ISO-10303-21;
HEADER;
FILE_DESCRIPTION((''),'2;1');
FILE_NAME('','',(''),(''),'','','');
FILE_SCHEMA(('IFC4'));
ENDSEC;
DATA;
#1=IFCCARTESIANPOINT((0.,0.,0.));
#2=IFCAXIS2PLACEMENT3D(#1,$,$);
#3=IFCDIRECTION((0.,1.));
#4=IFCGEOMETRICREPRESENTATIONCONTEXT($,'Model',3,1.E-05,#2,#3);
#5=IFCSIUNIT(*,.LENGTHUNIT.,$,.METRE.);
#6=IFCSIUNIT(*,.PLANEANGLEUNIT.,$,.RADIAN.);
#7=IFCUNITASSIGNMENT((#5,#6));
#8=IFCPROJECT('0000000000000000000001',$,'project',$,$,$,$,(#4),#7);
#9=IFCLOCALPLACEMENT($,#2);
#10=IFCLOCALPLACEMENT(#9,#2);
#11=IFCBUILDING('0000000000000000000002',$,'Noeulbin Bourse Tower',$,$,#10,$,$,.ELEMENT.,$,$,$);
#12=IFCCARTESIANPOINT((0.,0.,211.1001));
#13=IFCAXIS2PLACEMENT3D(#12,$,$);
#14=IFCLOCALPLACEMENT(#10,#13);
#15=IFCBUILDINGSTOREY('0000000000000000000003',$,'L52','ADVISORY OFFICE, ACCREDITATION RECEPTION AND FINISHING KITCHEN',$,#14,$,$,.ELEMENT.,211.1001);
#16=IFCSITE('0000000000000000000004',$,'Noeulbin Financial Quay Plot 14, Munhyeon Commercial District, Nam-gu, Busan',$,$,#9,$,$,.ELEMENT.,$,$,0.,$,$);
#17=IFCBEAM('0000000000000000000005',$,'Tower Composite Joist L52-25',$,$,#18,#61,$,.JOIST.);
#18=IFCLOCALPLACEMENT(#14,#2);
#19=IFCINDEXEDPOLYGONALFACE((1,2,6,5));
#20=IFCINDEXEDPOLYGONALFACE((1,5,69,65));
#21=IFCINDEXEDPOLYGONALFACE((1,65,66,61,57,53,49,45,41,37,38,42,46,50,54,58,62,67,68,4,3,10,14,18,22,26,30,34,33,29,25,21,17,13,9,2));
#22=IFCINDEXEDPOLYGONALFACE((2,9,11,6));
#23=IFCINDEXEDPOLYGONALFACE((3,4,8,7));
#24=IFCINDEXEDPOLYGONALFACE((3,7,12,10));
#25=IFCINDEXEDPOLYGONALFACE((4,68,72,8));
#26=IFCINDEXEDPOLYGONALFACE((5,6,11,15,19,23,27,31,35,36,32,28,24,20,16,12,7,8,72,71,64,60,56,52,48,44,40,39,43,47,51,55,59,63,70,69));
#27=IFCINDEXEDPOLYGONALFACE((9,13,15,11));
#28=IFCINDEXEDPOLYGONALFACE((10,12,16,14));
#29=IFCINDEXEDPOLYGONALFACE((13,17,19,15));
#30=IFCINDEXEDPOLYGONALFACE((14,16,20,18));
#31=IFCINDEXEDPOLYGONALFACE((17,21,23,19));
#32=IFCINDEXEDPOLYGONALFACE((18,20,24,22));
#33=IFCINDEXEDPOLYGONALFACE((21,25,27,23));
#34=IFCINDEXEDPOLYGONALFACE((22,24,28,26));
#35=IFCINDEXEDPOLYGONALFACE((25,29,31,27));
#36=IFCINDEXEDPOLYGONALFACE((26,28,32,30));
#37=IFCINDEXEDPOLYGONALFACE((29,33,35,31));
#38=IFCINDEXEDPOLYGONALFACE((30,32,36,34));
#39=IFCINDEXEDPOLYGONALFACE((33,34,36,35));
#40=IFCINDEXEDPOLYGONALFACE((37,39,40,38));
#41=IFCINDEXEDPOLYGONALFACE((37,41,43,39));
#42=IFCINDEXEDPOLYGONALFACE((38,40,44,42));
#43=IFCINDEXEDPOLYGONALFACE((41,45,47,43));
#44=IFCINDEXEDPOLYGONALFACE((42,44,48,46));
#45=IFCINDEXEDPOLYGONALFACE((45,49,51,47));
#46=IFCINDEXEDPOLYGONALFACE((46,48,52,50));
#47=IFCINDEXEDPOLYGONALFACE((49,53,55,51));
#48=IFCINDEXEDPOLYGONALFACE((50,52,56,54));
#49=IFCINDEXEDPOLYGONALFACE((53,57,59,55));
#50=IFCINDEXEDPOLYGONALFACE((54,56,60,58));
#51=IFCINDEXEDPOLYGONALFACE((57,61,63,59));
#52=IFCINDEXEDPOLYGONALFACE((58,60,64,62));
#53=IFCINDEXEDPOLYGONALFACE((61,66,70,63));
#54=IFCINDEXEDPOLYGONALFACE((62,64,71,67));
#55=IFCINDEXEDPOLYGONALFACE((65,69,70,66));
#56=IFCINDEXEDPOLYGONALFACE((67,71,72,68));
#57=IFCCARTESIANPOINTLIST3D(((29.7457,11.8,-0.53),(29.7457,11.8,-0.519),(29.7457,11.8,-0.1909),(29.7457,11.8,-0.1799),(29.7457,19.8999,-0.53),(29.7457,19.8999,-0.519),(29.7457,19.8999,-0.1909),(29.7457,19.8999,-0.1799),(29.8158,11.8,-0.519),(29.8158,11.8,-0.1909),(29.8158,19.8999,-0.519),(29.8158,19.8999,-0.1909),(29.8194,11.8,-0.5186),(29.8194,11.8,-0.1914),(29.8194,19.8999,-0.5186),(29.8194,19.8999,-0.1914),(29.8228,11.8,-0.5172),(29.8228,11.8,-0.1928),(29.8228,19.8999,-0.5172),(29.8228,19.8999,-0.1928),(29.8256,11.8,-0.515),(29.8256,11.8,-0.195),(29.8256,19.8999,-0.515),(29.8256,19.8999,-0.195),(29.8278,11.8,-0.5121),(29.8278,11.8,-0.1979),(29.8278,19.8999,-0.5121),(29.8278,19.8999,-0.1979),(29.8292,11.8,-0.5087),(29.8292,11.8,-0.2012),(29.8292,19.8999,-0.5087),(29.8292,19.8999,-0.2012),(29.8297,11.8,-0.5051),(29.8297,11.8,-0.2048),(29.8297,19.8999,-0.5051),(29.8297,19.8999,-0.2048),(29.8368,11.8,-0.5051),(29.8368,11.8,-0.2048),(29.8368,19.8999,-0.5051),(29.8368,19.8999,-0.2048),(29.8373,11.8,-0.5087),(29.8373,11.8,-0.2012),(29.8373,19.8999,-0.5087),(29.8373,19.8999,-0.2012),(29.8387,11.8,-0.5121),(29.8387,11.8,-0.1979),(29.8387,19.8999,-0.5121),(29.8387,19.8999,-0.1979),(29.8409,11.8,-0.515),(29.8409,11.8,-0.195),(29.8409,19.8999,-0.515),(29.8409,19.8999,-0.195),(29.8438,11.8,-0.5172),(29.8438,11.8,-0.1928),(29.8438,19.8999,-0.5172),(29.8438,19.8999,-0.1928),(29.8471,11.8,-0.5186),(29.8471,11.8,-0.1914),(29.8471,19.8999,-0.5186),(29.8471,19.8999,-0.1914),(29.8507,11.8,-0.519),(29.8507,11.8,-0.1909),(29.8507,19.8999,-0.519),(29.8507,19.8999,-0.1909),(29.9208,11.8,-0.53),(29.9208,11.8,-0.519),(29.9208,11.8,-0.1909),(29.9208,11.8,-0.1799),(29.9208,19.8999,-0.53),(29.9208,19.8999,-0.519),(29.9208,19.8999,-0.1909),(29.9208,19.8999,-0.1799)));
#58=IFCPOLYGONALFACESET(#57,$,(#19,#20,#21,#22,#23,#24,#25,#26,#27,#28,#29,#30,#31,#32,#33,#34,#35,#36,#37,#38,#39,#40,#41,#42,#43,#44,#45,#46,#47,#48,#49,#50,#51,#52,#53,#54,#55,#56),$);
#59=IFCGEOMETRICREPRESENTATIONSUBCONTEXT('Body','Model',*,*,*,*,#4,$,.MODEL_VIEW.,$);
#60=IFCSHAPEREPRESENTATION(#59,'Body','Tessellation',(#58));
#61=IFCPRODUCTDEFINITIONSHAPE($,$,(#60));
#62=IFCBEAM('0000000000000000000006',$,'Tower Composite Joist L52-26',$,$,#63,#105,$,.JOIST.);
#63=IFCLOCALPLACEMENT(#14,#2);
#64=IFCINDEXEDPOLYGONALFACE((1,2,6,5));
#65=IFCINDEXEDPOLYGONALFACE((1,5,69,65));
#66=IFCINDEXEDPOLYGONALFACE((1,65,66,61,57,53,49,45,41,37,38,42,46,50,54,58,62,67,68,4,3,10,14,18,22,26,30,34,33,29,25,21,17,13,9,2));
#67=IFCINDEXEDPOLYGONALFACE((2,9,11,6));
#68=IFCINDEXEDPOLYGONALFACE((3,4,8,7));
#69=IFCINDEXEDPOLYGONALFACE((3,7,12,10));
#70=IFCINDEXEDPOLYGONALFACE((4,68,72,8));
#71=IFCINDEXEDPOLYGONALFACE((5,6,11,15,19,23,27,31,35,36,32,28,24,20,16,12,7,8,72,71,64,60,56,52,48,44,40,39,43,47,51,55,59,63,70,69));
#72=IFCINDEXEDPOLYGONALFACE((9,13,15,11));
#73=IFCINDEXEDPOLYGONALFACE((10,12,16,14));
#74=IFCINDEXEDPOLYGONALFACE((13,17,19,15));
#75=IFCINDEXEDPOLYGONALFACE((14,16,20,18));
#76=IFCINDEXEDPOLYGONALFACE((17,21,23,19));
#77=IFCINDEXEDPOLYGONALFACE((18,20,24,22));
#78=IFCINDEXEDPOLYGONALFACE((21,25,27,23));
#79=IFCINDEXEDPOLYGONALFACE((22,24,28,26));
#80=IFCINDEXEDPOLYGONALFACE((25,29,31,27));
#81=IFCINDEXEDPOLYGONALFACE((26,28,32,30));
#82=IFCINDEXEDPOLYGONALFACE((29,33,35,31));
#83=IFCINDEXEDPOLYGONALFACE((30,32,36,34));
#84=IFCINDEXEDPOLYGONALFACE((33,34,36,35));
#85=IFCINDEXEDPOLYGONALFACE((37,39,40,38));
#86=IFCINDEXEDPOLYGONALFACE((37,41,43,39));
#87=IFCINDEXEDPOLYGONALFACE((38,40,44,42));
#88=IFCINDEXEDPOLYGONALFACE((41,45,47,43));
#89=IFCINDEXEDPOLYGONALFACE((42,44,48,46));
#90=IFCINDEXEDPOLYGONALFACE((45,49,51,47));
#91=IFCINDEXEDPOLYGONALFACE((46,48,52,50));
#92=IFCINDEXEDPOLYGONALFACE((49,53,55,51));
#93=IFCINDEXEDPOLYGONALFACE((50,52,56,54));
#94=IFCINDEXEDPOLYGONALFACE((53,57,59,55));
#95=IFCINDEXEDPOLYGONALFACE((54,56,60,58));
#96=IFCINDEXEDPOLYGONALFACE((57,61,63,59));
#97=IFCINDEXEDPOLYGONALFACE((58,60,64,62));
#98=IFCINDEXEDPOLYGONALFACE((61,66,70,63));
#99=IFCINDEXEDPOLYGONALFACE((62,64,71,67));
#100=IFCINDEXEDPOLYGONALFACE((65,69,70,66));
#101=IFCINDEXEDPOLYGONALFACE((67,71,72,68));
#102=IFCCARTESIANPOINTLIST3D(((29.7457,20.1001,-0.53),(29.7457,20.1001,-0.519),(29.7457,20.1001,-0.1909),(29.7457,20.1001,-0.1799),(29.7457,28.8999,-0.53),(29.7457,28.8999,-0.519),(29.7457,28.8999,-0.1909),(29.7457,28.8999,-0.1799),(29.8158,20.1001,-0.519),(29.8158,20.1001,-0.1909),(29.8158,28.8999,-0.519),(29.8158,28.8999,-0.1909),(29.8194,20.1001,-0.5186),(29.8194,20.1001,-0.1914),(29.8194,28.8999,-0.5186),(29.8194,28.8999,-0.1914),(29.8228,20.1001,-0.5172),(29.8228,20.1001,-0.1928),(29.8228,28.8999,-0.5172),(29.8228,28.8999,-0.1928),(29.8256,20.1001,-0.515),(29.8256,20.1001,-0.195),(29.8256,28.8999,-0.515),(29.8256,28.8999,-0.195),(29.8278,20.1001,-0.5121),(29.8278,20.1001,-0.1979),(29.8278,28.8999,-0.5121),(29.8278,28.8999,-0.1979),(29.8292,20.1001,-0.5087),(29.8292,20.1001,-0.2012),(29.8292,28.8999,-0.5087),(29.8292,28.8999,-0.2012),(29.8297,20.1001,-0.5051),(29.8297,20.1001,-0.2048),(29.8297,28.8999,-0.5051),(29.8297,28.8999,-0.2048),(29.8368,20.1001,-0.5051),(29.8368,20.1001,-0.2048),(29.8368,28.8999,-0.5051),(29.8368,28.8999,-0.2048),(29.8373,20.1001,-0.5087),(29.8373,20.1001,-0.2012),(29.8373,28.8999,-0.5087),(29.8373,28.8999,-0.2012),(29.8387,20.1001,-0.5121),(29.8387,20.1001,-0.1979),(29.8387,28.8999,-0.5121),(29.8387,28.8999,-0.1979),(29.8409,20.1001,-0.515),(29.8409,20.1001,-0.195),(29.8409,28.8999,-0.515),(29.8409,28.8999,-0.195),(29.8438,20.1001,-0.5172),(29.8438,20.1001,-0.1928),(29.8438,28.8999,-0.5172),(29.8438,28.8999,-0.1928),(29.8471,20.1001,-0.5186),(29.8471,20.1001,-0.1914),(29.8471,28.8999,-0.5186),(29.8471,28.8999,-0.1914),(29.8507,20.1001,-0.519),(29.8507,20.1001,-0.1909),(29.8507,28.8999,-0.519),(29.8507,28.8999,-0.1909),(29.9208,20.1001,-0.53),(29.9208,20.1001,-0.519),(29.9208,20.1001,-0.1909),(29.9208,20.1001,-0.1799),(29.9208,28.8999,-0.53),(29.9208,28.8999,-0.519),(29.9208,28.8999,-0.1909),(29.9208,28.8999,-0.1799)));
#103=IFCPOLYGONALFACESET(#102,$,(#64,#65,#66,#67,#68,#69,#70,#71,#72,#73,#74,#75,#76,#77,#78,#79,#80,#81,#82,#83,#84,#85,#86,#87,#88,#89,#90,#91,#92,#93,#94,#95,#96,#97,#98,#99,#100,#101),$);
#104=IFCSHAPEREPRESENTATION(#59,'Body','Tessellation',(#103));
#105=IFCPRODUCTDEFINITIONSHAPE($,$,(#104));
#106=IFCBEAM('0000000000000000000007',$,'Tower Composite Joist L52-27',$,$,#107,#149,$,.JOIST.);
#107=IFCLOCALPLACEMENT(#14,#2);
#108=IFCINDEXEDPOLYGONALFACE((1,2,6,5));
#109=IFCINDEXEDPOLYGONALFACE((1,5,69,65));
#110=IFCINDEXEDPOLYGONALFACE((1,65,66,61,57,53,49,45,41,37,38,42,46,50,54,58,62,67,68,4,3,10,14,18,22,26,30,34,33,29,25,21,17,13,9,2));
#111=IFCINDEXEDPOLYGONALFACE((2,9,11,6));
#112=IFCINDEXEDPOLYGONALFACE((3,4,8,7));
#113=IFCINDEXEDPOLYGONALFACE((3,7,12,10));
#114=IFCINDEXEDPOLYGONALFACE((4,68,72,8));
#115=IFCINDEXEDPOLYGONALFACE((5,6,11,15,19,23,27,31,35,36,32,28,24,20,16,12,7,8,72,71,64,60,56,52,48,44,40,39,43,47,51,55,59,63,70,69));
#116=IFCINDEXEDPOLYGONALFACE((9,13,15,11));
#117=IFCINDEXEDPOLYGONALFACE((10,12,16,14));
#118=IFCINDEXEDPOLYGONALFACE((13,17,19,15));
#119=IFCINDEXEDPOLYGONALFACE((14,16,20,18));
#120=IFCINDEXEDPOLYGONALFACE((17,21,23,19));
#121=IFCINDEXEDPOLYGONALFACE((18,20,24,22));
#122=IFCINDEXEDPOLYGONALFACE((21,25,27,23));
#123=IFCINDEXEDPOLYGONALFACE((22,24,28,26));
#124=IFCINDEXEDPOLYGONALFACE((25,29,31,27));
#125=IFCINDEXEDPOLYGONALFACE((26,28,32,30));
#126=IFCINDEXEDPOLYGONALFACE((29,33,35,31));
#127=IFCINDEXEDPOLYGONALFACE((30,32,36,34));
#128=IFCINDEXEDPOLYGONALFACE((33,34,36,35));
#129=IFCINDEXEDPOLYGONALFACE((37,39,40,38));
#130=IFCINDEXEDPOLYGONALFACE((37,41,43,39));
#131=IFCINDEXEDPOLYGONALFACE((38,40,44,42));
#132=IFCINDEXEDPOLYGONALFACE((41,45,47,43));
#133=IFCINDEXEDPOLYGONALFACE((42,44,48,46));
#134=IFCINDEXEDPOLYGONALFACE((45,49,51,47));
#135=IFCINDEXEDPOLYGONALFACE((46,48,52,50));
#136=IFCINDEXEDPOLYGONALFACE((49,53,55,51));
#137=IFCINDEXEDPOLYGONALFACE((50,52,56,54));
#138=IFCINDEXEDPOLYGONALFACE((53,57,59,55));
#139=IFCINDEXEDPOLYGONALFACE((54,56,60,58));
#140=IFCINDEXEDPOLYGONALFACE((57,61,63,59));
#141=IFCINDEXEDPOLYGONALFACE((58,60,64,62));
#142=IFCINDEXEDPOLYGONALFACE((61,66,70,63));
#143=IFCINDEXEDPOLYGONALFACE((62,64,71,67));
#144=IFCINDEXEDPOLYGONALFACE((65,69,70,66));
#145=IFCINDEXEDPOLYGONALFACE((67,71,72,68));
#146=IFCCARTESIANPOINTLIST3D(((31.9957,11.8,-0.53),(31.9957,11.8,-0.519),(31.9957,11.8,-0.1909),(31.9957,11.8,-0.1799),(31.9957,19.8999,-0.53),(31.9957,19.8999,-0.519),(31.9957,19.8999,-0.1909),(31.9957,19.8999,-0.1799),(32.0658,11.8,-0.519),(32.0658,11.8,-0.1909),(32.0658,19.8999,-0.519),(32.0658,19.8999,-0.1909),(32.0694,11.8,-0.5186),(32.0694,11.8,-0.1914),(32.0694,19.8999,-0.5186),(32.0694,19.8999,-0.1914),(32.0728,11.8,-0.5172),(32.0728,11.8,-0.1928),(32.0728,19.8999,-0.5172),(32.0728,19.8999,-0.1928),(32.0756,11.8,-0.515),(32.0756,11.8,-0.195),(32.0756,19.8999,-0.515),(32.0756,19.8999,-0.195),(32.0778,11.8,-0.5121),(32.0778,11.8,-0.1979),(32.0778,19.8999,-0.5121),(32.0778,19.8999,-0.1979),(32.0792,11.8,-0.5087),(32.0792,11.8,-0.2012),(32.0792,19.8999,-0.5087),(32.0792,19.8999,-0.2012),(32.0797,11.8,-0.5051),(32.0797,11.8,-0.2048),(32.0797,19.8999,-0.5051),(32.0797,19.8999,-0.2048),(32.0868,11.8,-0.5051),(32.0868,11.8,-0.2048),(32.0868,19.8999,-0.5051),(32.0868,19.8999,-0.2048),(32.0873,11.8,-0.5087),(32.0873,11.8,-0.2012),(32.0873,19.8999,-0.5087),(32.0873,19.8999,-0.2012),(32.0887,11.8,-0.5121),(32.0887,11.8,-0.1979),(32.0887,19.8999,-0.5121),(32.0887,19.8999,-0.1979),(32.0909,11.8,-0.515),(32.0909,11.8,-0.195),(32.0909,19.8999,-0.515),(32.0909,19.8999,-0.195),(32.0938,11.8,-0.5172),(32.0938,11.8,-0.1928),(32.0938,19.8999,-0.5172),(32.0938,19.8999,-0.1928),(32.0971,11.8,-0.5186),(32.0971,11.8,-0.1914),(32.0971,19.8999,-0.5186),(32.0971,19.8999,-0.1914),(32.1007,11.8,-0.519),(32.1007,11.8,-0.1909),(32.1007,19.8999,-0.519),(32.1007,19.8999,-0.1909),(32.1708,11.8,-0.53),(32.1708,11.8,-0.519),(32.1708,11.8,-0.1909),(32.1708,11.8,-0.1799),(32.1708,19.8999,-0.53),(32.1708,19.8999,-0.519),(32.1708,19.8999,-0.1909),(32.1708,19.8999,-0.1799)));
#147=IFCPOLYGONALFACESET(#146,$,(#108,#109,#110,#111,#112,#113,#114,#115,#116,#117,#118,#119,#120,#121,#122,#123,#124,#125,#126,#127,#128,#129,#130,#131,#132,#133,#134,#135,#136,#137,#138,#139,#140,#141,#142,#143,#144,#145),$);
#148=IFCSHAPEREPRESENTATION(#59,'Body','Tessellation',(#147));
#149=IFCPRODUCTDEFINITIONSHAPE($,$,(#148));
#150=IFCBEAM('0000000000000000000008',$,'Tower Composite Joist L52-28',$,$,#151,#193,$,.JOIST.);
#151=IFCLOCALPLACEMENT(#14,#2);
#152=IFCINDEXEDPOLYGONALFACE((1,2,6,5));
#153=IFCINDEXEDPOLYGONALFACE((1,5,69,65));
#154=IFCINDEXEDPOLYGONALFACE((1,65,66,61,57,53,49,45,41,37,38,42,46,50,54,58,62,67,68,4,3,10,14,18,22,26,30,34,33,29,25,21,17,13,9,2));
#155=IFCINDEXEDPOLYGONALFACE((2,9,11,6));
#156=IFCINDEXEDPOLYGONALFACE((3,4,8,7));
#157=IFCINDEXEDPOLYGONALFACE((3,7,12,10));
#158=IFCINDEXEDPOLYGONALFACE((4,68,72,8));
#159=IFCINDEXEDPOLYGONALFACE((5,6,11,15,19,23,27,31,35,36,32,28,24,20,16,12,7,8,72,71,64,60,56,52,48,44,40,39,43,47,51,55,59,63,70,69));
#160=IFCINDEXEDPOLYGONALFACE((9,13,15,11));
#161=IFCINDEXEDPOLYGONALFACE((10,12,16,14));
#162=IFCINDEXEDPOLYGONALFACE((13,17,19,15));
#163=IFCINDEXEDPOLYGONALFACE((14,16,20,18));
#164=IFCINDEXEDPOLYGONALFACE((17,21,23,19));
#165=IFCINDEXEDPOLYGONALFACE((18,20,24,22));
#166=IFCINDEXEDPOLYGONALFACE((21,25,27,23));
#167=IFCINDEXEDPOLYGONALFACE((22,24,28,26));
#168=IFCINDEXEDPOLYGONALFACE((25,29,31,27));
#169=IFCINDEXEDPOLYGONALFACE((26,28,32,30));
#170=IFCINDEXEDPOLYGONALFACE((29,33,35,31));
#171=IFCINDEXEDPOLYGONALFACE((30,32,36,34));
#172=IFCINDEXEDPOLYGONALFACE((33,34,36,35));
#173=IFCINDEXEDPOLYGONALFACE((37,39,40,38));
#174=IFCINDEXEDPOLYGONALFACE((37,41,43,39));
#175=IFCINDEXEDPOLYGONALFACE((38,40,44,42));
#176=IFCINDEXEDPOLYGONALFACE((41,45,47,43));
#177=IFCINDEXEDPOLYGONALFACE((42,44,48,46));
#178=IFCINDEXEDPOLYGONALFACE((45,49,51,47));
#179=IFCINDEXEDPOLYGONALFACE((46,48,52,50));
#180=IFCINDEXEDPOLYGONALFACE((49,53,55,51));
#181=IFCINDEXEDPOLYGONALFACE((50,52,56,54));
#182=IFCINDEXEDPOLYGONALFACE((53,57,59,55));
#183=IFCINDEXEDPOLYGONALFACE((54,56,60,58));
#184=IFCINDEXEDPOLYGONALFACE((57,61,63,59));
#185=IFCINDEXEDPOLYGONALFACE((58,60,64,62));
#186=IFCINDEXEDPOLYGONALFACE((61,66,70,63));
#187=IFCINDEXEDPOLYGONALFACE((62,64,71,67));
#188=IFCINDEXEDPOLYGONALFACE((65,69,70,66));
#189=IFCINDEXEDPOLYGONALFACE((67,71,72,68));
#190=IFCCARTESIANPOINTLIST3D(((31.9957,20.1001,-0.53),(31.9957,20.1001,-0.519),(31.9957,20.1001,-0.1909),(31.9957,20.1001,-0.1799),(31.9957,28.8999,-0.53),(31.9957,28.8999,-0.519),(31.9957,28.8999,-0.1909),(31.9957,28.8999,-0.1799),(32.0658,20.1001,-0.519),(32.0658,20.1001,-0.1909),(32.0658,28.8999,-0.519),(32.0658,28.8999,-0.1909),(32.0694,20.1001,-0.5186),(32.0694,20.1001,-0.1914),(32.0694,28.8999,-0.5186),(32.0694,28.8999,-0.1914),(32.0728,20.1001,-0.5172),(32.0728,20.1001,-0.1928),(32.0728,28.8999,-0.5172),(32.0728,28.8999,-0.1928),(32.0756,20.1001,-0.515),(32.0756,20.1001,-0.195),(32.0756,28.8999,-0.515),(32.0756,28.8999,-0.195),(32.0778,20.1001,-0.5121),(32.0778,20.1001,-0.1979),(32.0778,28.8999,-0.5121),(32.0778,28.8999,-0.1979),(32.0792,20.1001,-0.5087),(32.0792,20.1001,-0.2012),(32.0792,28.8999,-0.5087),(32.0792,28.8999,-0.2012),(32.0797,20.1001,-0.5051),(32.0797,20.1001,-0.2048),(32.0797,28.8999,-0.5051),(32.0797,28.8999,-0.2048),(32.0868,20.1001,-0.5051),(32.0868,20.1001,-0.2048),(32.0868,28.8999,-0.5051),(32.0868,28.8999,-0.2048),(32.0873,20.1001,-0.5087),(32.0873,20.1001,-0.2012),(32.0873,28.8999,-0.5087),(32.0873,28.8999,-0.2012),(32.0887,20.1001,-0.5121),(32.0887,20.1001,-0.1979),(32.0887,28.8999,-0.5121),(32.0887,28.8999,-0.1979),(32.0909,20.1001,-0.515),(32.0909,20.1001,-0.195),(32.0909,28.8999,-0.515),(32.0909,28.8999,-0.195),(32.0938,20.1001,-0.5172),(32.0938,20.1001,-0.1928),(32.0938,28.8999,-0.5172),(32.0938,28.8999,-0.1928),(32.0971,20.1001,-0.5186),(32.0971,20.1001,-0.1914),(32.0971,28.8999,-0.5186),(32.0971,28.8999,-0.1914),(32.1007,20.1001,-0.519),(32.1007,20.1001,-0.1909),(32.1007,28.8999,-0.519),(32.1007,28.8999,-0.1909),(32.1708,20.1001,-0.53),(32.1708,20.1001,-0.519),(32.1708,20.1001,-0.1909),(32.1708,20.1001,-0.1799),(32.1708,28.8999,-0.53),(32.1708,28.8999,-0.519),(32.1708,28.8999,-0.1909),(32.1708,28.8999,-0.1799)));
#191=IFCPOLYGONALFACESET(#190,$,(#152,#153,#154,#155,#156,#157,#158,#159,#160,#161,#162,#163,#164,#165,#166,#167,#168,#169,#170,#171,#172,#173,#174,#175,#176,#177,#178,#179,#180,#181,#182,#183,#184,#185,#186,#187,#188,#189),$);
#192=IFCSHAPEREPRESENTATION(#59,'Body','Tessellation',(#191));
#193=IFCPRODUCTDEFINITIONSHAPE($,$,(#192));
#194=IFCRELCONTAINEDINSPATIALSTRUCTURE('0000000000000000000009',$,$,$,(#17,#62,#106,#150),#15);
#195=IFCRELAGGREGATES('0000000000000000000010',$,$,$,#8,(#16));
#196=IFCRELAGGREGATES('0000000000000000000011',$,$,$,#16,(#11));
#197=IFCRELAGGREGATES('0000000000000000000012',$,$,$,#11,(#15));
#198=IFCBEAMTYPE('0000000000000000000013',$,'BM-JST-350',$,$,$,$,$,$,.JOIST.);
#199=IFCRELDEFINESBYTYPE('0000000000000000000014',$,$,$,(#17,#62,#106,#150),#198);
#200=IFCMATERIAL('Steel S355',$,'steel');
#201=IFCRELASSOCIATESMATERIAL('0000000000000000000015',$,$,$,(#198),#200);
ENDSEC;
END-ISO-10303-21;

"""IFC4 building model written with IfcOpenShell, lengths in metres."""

from ifc_helpers import new_model, si_unit, direction, frame, origin, origin_2d, place, context, subcontext, project, spatial, i_section, extrude, material, material_profile, profile_set, type_object, element, save


model = new_model("IFC4")

# Units and contexts
model_context = context("Model", 3, precision=1e-05, world=origin(), true_north=direction((0.0, 1.0)))
body_context = subcontext(model_context, "Body", "Model", "MODEL_VIEW")
ifc_project = project(units=[si_unit("LENGTHUNIT", "METRE"), si_unit("PLANEANGLEUNIT", "RADIAN")], contexts=[model_context])

# Site, building, storey
site_placement = place(None, origin())
site = spatial("IfcSite", under=ifc_project, at=site_placement, Name="Noeulbin Financial Quay Plot 14, Munhyeon Commercial District, Nam-gu, Busan", CompositionType="ELEMENT", RefElevation=0.0)
building_placement = place(site_placement, origin())
building = spatial("IfcBuilding", under=site, at=building_placement, Name="Noeulbin Bourse Tower", CompositionType="ELEMENT")
storey_placement = place(building_placement, frame((0.0, 0.0, 211.1001)))
storey = spatial("IfcBuildingStorey", under=building, at=storey_placement, Name="L52", Description="ADVISORY OFFICE, ACCREDITATION RECEPTION AND FINISHING KITCHEN", CompositionType="ELEMENT", Elevation=211.1001)

# Shared definitions
ifc_material_1 = material(Name="Steel S355", Category="steel")

# Beams
ifc_material_profile_1 = material_profile(ifc_material_1, i_section(OverallWidth=0.175, OverallDepth=0.3501, WebThickness=0.0071, FlangeThickness=0.011, FilletRadius=0.0139, at=origin_2d()), Name="H-350x175x7x11", Category="LoadBearing")
ifc_profile_set_1 = profile_set([ifc_material_profile_1], Name="Steel S355")
beam_type_1 = type_object("IfcBeamType", Name="BM-JST-350", PredefinedType="JOIST", material=ifc_profile_set_1)
beam_1_placement = place(storey_placement, frame((29.8333, 11.8, -0.355), z_axis=(0.0, 1.0, 0.0), x_axis=(-1.0, 0.0, 0.0)))
element("IfcBeam", 1, at=beam_1_placement, inside=storey, type_object=beam_type_1, Name="Tower Composite Joist L52-25", PredefinedType="JOIST", context=body_context, shape_type="SweptSolid", body=[
    extrude(i_section(OverallWidth=0.175, OverallDepth=0.3501, WebThickness=0.0071, FlangeThickness=0.011, FilletRadius=0.0139, at=origin_2d()), origin(), (0.0, 0.0, 1.0), 8.0999),
])
beam_2_placement = place(storey_placement, frame((29.8333, 20.1001, -0.355), z_axis=(0.0, 1.0, 0.0), x_axis=(-1.0, 0.0, 0.0)))
element("IfcBeam", 2, at=beam_2_placement, inside=storey, type_object=beam_type_1, Name="Tower Composite Joist L52-26", PredefinedType="JOIST", context=body_context, shape_type="SweptSolid", body=[
    extrude(i_section(OverallWidth=0.175, OverallDepth=0.3501, WebThickness=0.0071, FlangeThickness=0.011, FilletRadius=0.0139, at=origin_2d()), origin(), (0.0, 0.0, 1.0), 8.7998),
])
beam_3_placement = place(storey_placement, frame((32.0833, 11.8, -0.355), z_axis=(0.0, 1.0, 0.0), x_axis=(-1.0, 0.0, 0.0)))
element("IfcBeam", 3, at=beam_3_placement, inside=storey, type_object=beam_type_1, Name="Tower Composite Joist L52-27", PredefinedType="JOIST", context=body_context, shape_type="SweptSolid", body=[
    extrude(i_section(OverallWidth=0.175, OverallDepth=0.3501, WebThickness=0.0071, FlangeThickness=0.011, FilletRadius=0.0139, at=origin_2d()), origin(), (0.0, 0.0, 1.0), 8.0999),
])
beam_4_placement = place(storey_placement, frame((32.0833, 20.1001, -0.355), z_axis=(0.0, 1.0, 0.0), x_axis=(-1.0, 0.0, 0.0)))
element("IfcBeam", 4, at=beam_4_placement, inside=storey, type_object=beam_type_1, Name="Tower Composite Joist L52-28", PredefinedType="JOIST", context=body_context, shape_type="SweptSolid", body=[
    extrude(i_section(OverallWidth=0.175, OverallDepth=0.3501, WebThickness=0.0071, FlangeThickness=0.011, FilletRadius=0.0139, at=origin_2d()), origin(), (0.0, 0.0, 1.0), 8.7998),
])

save(model, "model.ifc")
